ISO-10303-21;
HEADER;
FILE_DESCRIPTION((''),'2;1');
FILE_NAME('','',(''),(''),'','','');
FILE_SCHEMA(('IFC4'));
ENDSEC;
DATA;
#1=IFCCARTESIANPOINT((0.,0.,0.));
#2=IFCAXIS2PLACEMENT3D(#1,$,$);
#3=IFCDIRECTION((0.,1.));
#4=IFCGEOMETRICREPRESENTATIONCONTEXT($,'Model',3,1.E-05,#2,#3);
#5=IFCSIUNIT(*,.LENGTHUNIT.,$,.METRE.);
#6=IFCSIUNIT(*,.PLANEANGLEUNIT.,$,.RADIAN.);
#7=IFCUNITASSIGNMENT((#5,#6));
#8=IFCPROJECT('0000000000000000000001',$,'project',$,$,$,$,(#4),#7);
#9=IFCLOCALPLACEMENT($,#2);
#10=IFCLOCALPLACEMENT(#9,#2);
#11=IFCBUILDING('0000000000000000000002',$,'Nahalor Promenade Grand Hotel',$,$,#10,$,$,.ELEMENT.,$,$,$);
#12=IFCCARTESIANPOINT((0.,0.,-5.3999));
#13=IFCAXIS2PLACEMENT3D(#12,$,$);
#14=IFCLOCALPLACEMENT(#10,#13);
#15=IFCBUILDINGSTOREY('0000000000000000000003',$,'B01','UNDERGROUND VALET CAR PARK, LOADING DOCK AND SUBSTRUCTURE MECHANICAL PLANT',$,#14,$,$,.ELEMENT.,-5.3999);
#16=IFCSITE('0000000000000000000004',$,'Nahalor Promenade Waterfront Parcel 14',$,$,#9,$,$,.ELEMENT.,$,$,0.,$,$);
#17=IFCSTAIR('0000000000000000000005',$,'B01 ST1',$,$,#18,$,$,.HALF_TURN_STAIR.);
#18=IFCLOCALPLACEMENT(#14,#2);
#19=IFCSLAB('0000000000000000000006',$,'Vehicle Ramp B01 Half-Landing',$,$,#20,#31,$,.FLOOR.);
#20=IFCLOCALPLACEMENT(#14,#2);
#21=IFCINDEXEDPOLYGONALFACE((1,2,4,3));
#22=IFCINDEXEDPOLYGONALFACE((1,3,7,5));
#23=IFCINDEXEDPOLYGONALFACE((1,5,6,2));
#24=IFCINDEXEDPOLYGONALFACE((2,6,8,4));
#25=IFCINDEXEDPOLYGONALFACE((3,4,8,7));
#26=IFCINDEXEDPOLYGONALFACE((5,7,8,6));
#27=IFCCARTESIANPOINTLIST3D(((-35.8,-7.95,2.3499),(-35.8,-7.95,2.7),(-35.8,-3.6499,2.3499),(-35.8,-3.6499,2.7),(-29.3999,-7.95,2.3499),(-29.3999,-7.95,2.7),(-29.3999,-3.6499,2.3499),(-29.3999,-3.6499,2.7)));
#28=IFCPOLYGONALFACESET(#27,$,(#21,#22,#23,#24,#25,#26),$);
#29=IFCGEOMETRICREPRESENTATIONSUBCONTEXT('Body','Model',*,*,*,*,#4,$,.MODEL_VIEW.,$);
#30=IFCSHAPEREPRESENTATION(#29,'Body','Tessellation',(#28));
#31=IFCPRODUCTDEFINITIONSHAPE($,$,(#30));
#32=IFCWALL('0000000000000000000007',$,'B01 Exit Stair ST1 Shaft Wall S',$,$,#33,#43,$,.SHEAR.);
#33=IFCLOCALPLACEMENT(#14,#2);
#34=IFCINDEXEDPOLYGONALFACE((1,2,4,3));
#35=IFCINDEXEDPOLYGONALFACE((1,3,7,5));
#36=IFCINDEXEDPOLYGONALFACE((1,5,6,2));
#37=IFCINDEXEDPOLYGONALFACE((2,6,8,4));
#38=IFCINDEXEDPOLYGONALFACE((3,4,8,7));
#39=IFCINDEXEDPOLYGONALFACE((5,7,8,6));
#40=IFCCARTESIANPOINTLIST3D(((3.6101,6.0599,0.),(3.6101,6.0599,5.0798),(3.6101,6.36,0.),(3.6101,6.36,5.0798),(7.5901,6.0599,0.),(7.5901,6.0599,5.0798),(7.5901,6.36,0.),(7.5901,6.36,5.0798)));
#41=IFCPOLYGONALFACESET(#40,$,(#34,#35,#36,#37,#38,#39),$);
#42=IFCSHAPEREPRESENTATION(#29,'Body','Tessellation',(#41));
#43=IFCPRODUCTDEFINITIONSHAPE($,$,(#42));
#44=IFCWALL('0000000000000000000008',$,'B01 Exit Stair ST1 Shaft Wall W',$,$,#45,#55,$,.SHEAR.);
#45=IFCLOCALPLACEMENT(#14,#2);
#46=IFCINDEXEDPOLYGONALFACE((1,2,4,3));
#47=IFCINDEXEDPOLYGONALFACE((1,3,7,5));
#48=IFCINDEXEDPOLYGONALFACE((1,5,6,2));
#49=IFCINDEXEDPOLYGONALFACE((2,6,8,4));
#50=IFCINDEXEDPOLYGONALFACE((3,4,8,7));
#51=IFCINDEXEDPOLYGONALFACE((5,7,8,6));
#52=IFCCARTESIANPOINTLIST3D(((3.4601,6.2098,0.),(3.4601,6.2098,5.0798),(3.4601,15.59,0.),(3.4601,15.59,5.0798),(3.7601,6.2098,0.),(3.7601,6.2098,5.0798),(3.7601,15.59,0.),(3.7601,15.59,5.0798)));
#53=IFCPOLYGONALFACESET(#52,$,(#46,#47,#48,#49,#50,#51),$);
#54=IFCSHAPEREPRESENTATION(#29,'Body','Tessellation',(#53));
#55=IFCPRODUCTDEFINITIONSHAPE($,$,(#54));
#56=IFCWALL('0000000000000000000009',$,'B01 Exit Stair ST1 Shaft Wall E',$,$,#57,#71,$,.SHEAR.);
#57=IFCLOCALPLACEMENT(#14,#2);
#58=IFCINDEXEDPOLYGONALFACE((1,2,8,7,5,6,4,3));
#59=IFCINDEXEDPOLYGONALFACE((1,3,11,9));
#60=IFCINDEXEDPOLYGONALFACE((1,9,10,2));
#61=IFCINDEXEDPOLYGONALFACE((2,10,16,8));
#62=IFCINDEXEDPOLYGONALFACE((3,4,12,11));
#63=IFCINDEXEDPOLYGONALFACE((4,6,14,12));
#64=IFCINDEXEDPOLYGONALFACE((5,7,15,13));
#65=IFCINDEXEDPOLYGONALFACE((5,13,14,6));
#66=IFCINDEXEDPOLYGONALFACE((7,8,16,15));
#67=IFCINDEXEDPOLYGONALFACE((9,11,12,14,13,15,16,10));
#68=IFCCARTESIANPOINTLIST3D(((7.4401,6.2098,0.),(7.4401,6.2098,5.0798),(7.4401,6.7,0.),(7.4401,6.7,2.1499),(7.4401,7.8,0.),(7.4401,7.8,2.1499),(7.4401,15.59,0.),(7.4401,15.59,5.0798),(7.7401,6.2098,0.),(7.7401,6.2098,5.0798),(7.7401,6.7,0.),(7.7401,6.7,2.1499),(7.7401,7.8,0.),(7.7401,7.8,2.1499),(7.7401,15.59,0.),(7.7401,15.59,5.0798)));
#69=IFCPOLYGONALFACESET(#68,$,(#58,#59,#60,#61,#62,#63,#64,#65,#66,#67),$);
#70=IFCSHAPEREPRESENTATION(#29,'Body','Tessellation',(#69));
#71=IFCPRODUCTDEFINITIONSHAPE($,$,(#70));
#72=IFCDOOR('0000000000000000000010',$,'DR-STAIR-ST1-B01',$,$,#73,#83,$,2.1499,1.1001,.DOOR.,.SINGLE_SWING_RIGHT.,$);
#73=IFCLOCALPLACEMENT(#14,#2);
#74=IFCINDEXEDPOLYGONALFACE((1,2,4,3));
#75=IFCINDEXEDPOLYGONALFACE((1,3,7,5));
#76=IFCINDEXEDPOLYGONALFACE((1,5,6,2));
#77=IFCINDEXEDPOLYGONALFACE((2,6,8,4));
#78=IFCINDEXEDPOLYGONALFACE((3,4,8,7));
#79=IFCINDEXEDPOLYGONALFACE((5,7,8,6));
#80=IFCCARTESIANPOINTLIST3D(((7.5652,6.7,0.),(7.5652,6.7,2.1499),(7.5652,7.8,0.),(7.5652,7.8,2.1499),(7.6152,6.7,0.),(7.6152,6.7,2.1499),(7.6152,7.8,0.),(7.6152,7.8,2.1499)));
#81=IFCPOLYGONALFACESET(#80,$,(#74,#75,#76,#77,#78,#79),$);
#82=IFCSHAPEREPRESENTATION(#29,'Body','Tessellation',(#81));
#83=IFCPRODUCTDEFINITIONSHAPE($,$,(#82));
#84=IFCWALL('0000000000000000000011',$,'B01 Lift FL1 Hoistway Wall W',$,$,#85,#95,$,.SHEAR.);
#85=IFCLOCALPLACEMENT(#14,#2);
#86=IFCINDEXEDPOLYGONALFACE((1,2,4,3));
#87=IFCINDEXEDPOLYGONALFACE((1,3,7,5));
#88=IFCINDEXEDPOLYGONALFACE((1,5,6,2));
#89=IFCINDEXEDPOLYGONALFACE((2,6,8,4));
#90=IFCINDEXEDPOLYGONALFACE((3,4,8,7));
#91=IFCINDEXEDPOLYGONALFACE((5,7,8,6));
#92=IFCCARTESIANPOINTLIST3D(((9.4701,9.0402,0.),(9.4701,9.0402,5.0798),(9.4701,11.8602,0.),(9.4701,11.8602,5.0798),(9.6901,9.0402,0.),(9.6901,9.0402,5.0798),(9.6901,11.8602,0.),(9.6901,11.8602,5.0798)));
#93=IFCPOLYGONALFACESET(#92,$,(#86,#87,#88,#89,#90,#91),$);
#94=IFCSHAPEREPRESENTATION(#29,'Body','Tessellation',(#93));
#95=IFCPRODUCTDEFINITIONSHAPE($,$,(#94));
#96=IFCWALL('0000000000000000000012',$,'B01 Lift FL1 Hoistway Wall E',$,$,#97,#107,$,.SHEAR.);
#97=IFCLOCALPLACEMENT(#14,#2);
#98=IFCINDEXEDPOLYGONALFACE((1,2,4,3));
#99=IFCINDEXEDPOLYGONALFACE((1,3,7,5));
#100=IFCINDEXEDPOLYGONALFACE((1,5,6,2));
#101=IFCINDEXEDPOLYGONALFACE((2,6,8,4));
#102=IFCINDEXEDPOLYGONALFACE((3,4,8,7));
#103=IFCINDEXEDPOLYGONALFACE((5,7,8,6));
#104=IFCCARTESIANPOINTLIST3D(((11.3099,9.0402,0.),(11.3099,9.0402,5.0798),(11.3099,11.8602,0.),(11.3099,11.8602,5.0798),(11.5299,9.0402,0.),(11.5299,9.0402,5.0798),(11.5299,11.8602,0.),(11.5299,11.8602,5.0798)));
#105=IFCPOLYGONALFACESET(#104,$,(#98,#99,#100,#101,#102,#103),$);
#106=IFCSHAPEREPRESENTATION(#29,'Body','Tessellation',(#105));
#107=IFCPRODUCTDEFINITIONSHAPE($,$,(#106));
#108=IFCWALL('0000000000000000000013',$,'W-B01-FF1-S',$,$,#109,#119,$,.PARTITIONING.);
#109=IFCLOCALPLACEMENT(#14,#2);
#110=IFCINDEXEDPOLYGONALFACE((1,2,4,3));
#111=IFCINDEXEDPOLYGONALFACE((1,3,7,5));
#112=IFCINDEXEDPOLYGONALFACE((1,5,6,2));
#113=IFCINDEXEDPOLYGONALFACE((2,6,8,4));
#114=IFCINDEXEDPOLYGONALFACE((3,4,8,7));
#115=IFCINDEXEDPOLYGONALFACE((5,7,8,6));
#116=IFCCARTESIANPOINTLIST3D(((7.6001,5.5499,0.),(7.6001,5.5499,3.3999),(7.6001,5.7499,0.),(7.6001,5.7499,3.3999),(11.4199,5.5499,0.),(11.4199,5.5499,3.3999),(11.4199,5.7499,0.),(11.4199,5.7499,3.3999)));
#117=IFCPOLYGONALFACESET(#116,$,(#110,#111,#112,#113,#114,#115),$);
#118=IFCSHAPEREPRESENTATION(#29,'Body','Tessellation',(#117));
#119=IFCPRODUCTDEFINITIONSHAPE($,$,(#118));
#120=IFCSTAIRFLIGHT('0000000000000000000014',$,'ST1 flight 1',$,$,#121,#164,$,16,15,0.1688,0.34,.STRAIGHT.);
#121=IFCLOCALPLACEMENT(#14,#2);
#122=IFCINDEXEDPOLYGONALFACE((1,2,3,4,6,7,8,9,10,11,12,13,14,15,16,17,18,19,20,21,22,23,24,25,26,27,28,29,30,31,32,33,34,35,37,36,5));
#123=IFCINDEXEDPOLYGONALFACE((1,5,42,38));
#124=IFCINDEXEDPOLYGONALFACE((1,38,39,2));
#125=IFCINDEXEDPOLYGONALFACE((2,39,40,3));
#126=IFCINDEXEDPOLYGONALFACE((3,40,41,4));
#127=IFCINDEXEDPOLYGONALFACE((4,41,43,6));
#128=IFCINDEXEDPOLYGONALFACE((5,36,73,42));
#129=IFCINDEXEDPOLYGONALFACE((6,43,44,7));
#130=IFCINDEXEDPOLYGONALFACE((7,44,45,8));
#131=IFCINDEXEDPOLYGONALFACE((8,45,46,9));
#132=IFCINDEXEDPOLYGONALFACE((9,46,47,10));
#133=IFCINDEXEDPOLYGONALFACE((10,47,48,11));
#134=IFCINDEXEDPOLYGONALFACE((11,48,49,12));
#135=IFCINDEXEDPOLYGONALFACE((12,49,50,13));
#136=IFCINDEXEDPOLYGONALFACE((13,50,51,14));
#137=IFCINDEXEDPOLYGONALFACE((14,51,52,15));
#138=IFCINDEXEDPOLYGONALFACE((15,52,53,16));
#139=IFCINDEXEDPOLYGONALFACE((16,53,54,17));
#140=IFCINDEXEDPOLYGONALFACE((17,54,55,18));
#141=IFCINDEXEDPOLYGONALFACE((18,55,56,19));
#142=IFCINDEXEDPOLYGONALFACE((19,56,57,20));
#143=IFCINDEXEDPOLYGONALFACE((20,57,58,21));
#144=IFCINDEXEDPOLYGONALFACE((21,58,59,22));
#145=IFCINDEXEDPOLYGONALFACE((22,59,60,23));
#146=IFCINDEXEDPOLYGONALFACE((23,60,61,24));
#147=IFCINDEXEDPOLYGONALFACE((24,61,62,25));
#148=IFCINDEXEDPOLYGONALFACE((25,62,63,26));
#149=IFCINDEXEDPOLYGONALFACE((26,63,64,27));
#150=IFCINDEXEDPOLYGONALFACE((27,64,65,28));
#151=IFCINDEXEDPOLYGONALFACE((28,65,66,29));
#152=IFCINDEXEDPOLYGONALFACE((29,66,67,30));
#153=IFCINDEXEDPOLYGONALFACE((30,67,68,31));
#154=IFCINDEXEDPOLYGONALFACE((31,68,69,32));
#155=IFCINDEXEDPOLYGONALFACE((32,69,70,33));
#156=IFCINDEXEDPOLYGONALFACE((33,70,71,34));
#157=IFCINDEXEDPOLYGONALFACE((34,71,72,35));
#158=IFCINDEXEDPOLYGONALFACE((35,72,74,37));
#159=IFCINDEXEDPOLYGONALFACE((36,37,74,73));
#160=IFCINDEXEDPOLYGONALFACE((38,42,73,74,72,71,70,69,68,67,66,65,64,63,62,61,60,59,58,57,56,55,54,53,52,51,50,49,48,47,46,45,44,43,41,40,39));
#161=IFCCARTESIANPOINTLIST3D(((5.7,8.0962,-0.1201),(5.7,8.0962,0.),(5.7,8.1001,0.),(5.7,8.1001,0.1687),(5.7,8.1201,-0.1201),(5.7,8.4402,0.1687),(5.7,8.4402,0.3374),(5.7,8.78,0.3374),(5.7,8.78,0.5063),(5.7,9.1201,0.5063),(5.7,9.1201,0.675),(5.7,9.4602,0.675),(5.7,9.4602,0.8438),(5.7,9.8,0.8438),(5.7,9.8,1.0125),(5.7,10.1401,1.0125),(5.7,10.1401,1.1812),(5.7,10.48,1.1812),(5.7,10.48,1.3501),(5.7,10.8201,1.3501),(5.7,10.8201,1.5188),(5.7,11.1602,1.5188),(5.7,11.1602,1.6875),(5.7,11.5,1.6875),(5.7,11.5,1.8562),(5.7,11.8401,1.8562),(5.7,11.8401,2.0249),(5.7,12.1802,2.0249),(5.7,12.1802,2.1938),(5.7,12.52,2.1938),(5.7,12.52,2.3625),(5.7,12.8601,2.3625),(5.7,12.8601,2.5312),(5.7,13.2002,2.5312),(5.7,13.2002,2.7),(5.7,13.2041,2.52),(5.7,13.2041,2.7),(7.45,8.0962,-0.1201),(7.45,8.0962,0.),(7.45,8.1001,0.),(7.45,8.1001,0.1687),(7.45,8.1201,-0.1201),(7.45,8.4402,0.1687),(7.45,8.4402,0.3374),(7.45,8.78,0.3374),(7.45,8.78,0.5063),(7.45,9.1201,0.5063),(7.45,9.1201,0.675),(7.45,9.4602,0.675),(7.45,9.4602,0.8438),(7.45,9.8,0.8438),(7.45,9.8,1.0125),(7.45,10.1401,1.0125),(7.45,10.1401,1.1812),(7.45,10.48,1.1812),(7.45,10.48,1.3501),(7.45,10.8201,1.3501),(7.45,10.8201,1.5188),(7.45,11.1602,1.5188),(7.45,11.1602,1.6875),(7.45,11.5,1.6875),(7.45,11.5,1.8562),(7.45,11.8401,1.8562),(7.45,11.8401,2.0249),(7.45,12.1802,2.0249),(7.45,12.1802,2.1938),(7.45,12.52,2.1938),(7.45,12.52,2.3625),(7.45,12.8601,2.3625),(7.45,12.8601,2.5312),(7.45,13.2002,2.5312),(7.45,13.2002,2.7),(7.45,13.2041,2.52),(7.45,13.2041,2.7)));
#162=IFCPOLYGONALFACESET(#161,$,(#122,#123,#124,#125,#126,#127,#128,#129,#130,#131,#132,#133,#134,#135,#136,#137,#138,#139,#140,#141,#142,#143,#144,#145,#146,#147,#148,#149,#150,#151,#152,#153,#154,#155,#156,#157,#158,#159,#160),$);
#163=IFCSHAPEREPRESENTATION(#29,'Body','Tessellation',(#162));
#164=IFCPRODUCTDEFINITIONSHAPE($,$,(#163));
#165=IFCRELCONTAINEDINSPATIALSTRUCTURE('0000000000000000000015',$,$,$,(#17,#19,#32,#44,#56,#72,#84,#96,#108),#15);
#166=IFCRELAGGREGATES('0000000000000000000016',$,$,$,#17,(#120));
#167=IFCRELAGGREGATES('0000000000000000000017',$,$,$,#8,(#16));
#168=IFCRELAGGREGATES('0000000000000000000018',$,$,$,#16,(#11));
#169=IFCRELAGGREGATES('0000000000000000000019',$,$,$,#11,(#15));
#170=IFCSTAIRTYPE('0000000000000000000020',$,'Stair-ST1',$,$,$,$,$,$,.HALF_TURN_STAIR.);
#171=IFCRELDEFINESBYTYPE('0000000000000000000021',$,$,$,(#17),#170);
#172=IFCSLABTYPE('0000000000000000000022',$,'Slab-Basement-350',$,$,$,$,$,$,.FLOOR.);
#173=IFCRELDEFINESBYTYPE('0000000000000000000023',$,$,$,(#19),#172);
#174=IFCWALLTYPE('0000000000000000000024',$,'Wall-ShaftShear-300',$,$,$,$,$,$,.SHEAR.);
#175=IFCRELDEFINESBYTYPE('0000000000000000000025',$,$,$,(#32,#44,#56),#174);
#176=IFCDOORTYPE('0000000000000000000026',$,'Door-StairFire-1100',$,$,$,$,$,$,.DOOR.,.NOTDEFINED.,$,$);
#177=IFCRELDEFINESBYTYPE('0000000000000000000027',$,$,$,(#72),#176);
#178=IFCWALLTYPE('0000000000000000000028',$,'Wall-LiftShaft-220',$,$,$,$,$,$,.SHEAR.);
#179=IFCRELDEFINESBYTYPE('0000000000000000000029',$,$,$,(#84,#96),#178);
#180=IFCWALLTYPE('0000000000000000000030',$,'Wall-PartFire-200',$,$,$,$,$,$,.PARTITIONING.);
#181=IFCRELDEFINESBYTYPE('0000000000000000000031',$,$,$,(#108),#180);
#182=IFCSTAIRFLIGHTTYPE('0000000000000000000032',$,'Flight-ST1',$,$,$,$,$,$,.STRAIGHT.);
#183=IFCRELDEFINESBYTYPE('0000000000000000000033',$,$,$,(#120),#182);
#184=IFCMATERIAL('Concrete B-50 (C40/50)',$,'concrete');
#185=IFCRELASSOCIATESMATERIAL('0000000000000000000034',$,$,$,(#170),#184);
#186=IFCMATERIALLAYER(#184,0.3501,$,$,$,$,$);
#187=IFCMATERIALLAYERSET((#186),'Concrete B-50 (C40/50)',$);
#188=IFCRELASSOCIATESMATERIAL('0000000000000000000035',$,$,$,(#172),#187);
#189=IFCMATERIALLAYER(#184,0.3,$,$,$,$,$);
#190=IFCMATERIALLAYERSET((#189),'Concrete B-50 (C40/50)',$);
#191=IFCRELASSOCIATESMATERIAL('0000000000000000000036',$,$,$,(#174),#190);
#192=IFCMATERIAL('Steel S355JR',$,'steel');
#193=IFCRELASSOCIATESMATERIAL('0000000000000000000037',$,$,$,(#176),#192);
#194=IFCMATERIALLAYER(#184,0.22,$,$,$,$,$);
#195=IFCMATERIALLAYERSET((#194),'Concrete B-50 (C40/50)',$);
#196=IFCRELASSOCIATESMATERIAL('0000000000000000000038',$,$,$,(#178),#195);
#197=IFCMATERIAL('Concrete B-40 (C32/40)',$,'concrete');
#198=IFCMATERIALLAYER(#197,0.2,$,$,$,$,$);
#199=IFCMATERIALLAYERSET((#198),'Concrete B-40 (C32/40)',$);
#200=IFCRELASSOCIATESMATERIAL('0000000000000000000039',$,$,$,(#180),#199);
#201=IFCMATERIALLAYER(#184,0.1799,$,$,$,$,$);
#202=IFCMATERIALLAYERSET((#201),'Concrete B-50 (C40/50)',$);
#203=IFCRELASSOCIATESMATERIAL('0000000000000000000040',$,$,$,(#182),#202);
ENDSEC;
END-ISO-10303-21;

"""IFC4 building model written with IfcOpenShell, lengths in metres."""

from ifc_helpers import new_model, si_unit, direction, frame, frame_2d, origin, place, context, subcontext, project, spatial, polyline, rectangle, outline, extrude, source, transform, mapped, material, layer, layer_set, type_object, element, fill, aggregate, save


model = new_model("IFC4")

# Units and contexts
model_context = context("Model", 3, precision=1e-05, world=origin(), true_north=direction((0.0, 1.0)))
body_context = subcontext(model_context, "Body", "Model", "MODEL_VIEW")
ifc_project = project(units=[si_unit("LENGTHUNIT", "METRE"), si_unit("PLANEANGLEUNIT", "RADIAN")], contexts=[model_context])

# Site, building, storey
site_placement = place(None, origin())
site = spatial("IfcSite", under=ifc_project, at=site_placement, Name="Nahalor Promenade Waterfront Parcel 14", CompositionType="ELEMENT", RefElevation=0.0)
building_placement = place(site_placement, origin())
building = spatial("IfcBuilding", under=site, at=building_placement, Name="Nahalor Promenade Grand Hotel", CompositionType="ELEMENT")
storey_placement = place(building_placement, frame((0.0, 0.0, -5.3999)))
storey = spatial("IfcBuildingStorey", under=building, at=storey_placement, Name="B01", Description="UNDERGROUND VALET CAR PARK, LOADING DOCK AND SUBSTRUCTURE MECHANICAL PLANT", CompositionType="ELEMENT", Elevation=-5.3999)

# Shared definitions
ifc_material_1 = material(Name="Steel S355JR", Category="steel")

# Stair
ifc_material_2 = material(Name="Concrete B-50 (C40/50)", Category="concrete")
stair_type_1 = type_object("IfcStairType", Name="Stair-ST1", PredefinedType="HALF_TURN_STAIR", material=ifc_material_2)
stair_1_placement = place(storey_placement, origin())
stair_1 = element("IfcStair", 1, at=stair_1_placement, inside=storey, type_object=stair_type_1, Name="B01 ST1", PredefinedType="HALF_TURN_STAIR")

# Slab
ifc_layer_1 = layer(ifc_material_2, 0.3501)
ifc_layer_set_1 = layer_set([ifc_layer_1], Name="Concrete B-50 (C40/50)")
slab_type_1 = type_object("IfcSlabType", Name="Slab-Basement-350", PredefinedType="FLOOR", material=ifc_layer_set_1)
slab_1_placement = place(storey_placement, frame((0.0, 0.0, 2.3499)))
element("IfcSlab", 2, at=slab_1_placement, inside=storey, type_object=slab_type_1, Name="Vehicle Ramp B01 Half-Landing", PredefinedType="FLOOR", context=body_context, shape_type="SweptSolid", body=[
    extrude(outline(polyline([(-35.8, -7.95), (-29.3999, -7.95), (-29.3999, -3.6499), (-35.8, -3.6499), (-35.8, -7.95)])), origin(), (0.0, 0.0, 1.0), 0.3501),
])

# Walls
ifc_layer_2 = layer(ifc_material_2, 0.3)
ifc_layer_set_2 = layer_set([ifc_layer_2], Name="Concrete B-50 (C40/50)")
wall_type_1 = type_object("IfcWallType", Name="Wall-ShaftShear-300", PredefinedType="SHEAR", material=ifc_layer_set_2)
shared_shape_1 = source(origin(), body_context, "Body", "SweptSolid", [
    extrude(rectangle(XDim=3.98, YDim=0.3, at=frame_2d((1.99, 0.0))), origin(), (0.0, 0.0, 1.0), 5.0798),
])
wall_1_placement = place(storey_placement, frame((3.6101, 6.21, 0.0), z_axis=(0.0, 0.0, 1.0), x_axis=(1.0, 0.0, 0.0)))
element("IfcWall", 3, at=wall_1_placement, inside=storey, type_object=wall_type_1, Name="B01 Exit Stair ST1 Shaft Wall S", PredefinedType="SHEAR", context=body_context, shape_type="MappedRepresentation", body=[
    mapped(shared_shape_1, transform((0.0, 0.0, 0.0), scale=1.0)),
])
shared_shape_2 = source(origin(), body_context, "Body", "SweptSolid", [
    extrude(rectangle(XDim=9.3801, YDim=0.3, at=frame_2d((4.6899, 0.0))), origin(), (0.0, 0.0, 1.0), 5.0798),
])
wall_2_placement = place(storey_placement, frame((3.6101, 6.21, 0.0), z_axis=(0.0, 0.0, 1.0), x_axis=(0.0, 1.0, 0.0)))
element("IfcWall", 4, at=wall_2_placement, inside=storey, type_object=wall_type_1, Name="B01 Exit Stair ST1 Shaft Wall W", PredefinedType="SHEAR", context=body_context, shape_type="MappedRepresentation", body=[
    mapped(shared_shape_2, transform((0.0, 0.0, 0.0), scale=1.0)),
])

# Wall, opening, door
wall_3_placement = place(storey_placement, frame((7.5901, 6.21, 0.0), z_axis=(0.0, 0.0, 1.0), x_axis=(0.0, 1.0, 0.0)))
wall_3 = element("IfcWall", 5, at=wall_3_placement, inside=storey, type_object=wall_type_1, Name="B01 Exit Stair ST1 Shaft Wall E", PredefinedType="SHEAR", context=body_context, shape_type="MappedRepresentation", body=[
    mapped(shared_shape_2, transform((0.0, 0.0, 0.0), scale=1.0)),
])
opening_1_placement = place(wall_3_placement, frame((0.49, 0.0, 0.0)))
opening_1 = element("IfcOpeningElement", 6, at=opening_1_placement, cuts=wall_3, PredefinedType="OPENING", context=body_context, shape_type="SweptSolid", body=[
    extrude(rectangle(XDim=1.1001, YDim=2.1499, at=frame_2d((0.55, 1.075))), frame((0.0, 0.1599, 0.0), z_axis=(0.0, -1.0, 0.0), x_axis=(1.0, 0.0, 0.0)), (0.0, 0.0, 1.0), 0.3201),
])
door_type_1 = type_object("IfcDoorType", Name="Door-StairFire-1100", OperationType="NOTDEFINED", PredefinedType="DOOR", material=ifc_material_1)
shared_shape_3 = source(origin(), body_context, "Body", "SweptSolid", [
    extrude(rectangle(XDim=1.1001, YDim=2.1499, at=frame_2d((0.55, 1.075))), frame((0.0, 0.0249, 0.0), z_axis=(0.0, -1.0, 0.0), x_axis=(1.0, 0.0, 0.0)), (0.0, 0.0, 1.0), 0.05),
])
door_1_placement = place(opening_1_placement, origin())
door_1 = element("IfcDoor", 7, at=door_1_placement, inside=storey, type_object=door_type_1, Name="DR-STAIR-ST1-B01", OperationType="SINGLE_SWING_RIGHT", OverallHeight=2.1499, OverallWidth=1.1001, PredefinedType="DOOR", context=body_context, shape_type="MappedRepresentation", body=[
    mapped(shared_shape_3, transform((0.0, 0.0, 0.0), scale=1.0)),
])
fill(opening_1, door_1)

# Walls
ifc_layer_3 = layer(ifc_material_2, 0.22)
ifc_layer_set_3 = layer_set([ifc_layer_3], Name="Concrete B-50 (C40/50)")
wall_type_2 = type_object("IfcWallType", Name="Wall-LiftShaft-220", PredefinedType="SHEAR", material=ifc_layer_set_3)
shared_shape_4 = source(origin(), body_context, "Body", "SweptSolid", [
    extrude(rectangle(XDim=2.8201, YDim=0.22, at=frame_2d((1.4102, 0.0))), origin(), (0.0, 0.0, 1.0), 5.0798),
])
for number, where, z_axis, x_axis, name in (
    (8, (9.5801, 9.04, 0.0), (0.0, 0.0, 1.0), (0.0, 1.0, 0.0), "B01 Lift FL1 Hoistway Wall W"),
    (9, (11.4199, 9.04, 0.0), (0.0, 0.0, 1.0), (0.0, 1.0, 0.0), "B01 Lift FL1 Hoistway Wall E"),
):
    element("IfcWall", number, at=place(storey_placement, frame(where, z_axis=z_axis, x_axis=x_axis)), inside=storey, type_object=wall_type_2, Name=name, PredefinedType="SHEAR", context=body_context, shape_type="MappedRepresentation", body=[
        mapped(shared_shape_4, transform((0.0, 0.0, 0.0), scale=1.0)),
    ])
ifc_material_3 = material(Name="Concrete B-40 (C32/40)", Category="concrete")
ifc_layer_4 = layer(ifc_material_3, 0.2)
ifc_layer_set_4 = layer_set([ifc_layer_4], Name="Concrete B-40 (C32/40)")
wall_type_3 = type_object("IfcWallType", Name="Wall-PartFire-200", PredefinedType="PARTITIONING", material=ifc_layer_set_4)
shared_shape_5 = source(origin(), body_context, "Body", "SweptSolid", [
    extrude(rectangle(XDim=3.8198, YDim=0.2, at=frame_2d((1.9099, 0.0))), origin(), (0.0, 0.0, 1.0), 3.3999),
])
wall_4_placement = place(storey_placement, frame((7.6001, 5.6499, 0.0), z_axis=(0.0, 0.0, 1.0), x_axis=(1.0, 0.0, 0.0)))
element("IfcWall", 10, at=wall_4_placement, inside=storey, type_object=wall_type_3, Name="W-B01-FF1-S", PredefinedType="PARTITIONING", context=body_context, shape_type="MappedRepresentation", body=[
    mapped(shared_shape_5, transform((0.0, 0.0, 0.0), scale=1.0)),
])

# Stair flight
ifc_layer_5 = layer(ifc_material_2, 0.1799)
ifc_layer_set_5 = layer_set([ifc_layer_5], Name="Concrete B-50 (C40/50)")
stair_flight_type = type_object("IfcStairFlightType", Name="Flight-ST1", PredefinedType="STRAIGHT", material=ifc_layer_set_5)
shared_shape_6 = source(origin(), body_context, "Body", "SweptSolid", [
    extrude(outline(polyline([(-0.0039, -0.1201), (-0.0039, 0.0), (0.0, 0.0), (0.0, 0.1687), (0.3401, 0.1687), (0.3401, 0.3374), (0.6799, 0.3374), (0.6799, 0.5063), (1.02, 0.5063), (1.02, 0.675), (1.3601, 0.675), (1.3601, 0.8438), (1.7, 0.8438), (1.7, 1.0125), (2.04, 1.0125), (2.04, 1.1812), (2.3799, 1.1812), (2.3799, 1.3501), (2.72, 1.3501), (2.72, 1.5188), (3.0601, 1.5188), (3.0601, 1.6875), (3.3999, 1.6875), (3.3999, 1.8562), (3.74, 1.8562), (3.74, 2.0249), (4.0801, 2.0249), (4.0801, 2.1938), (4.4199, 2.1938), (4.4199, 2.3625), (4.76, 2.3625), (4.76, 2.5312), (5.1001, 2.5312), (5.1001, 2.7), (5.104, 2.7), (5.104, 2.52), (0.02, -0.1201), (-0.0039, -0.1201)])), frame((0.0, 0.875, 0.0), z_axis=(0.0, -1.0, 0.0), x_axis=(1.0, 0.0, 0.0)), (0.0, 0.0, 1.0), 1.75),
])
stair_flight_placement = place(storey_placement, frame((6.575, 8.1001, 0.0), z_axis=(0.0, 0.0, 1.0), x_axis=(0.0, 1.0, 0.0)))
stair_flight = element("IfcStairFlight", 11, at=stair_flight_placement, type_object=stair_flight_type, Name="ST1 flight 1", NumberOfRisers=16, NumberOfTreads=15, PredefinedType="STRAIGHT", RiserHeight=0.1688, TreadLength=0.34, context=body_context, shape_type="MappedRepresentation", body=[
    mapped(shared_shape_6, transform((0.0, 0.0, 0.0), scale=1.0)),
])
aggregate(stair_1, [stair_flight])

save(model, "model.ifc")
